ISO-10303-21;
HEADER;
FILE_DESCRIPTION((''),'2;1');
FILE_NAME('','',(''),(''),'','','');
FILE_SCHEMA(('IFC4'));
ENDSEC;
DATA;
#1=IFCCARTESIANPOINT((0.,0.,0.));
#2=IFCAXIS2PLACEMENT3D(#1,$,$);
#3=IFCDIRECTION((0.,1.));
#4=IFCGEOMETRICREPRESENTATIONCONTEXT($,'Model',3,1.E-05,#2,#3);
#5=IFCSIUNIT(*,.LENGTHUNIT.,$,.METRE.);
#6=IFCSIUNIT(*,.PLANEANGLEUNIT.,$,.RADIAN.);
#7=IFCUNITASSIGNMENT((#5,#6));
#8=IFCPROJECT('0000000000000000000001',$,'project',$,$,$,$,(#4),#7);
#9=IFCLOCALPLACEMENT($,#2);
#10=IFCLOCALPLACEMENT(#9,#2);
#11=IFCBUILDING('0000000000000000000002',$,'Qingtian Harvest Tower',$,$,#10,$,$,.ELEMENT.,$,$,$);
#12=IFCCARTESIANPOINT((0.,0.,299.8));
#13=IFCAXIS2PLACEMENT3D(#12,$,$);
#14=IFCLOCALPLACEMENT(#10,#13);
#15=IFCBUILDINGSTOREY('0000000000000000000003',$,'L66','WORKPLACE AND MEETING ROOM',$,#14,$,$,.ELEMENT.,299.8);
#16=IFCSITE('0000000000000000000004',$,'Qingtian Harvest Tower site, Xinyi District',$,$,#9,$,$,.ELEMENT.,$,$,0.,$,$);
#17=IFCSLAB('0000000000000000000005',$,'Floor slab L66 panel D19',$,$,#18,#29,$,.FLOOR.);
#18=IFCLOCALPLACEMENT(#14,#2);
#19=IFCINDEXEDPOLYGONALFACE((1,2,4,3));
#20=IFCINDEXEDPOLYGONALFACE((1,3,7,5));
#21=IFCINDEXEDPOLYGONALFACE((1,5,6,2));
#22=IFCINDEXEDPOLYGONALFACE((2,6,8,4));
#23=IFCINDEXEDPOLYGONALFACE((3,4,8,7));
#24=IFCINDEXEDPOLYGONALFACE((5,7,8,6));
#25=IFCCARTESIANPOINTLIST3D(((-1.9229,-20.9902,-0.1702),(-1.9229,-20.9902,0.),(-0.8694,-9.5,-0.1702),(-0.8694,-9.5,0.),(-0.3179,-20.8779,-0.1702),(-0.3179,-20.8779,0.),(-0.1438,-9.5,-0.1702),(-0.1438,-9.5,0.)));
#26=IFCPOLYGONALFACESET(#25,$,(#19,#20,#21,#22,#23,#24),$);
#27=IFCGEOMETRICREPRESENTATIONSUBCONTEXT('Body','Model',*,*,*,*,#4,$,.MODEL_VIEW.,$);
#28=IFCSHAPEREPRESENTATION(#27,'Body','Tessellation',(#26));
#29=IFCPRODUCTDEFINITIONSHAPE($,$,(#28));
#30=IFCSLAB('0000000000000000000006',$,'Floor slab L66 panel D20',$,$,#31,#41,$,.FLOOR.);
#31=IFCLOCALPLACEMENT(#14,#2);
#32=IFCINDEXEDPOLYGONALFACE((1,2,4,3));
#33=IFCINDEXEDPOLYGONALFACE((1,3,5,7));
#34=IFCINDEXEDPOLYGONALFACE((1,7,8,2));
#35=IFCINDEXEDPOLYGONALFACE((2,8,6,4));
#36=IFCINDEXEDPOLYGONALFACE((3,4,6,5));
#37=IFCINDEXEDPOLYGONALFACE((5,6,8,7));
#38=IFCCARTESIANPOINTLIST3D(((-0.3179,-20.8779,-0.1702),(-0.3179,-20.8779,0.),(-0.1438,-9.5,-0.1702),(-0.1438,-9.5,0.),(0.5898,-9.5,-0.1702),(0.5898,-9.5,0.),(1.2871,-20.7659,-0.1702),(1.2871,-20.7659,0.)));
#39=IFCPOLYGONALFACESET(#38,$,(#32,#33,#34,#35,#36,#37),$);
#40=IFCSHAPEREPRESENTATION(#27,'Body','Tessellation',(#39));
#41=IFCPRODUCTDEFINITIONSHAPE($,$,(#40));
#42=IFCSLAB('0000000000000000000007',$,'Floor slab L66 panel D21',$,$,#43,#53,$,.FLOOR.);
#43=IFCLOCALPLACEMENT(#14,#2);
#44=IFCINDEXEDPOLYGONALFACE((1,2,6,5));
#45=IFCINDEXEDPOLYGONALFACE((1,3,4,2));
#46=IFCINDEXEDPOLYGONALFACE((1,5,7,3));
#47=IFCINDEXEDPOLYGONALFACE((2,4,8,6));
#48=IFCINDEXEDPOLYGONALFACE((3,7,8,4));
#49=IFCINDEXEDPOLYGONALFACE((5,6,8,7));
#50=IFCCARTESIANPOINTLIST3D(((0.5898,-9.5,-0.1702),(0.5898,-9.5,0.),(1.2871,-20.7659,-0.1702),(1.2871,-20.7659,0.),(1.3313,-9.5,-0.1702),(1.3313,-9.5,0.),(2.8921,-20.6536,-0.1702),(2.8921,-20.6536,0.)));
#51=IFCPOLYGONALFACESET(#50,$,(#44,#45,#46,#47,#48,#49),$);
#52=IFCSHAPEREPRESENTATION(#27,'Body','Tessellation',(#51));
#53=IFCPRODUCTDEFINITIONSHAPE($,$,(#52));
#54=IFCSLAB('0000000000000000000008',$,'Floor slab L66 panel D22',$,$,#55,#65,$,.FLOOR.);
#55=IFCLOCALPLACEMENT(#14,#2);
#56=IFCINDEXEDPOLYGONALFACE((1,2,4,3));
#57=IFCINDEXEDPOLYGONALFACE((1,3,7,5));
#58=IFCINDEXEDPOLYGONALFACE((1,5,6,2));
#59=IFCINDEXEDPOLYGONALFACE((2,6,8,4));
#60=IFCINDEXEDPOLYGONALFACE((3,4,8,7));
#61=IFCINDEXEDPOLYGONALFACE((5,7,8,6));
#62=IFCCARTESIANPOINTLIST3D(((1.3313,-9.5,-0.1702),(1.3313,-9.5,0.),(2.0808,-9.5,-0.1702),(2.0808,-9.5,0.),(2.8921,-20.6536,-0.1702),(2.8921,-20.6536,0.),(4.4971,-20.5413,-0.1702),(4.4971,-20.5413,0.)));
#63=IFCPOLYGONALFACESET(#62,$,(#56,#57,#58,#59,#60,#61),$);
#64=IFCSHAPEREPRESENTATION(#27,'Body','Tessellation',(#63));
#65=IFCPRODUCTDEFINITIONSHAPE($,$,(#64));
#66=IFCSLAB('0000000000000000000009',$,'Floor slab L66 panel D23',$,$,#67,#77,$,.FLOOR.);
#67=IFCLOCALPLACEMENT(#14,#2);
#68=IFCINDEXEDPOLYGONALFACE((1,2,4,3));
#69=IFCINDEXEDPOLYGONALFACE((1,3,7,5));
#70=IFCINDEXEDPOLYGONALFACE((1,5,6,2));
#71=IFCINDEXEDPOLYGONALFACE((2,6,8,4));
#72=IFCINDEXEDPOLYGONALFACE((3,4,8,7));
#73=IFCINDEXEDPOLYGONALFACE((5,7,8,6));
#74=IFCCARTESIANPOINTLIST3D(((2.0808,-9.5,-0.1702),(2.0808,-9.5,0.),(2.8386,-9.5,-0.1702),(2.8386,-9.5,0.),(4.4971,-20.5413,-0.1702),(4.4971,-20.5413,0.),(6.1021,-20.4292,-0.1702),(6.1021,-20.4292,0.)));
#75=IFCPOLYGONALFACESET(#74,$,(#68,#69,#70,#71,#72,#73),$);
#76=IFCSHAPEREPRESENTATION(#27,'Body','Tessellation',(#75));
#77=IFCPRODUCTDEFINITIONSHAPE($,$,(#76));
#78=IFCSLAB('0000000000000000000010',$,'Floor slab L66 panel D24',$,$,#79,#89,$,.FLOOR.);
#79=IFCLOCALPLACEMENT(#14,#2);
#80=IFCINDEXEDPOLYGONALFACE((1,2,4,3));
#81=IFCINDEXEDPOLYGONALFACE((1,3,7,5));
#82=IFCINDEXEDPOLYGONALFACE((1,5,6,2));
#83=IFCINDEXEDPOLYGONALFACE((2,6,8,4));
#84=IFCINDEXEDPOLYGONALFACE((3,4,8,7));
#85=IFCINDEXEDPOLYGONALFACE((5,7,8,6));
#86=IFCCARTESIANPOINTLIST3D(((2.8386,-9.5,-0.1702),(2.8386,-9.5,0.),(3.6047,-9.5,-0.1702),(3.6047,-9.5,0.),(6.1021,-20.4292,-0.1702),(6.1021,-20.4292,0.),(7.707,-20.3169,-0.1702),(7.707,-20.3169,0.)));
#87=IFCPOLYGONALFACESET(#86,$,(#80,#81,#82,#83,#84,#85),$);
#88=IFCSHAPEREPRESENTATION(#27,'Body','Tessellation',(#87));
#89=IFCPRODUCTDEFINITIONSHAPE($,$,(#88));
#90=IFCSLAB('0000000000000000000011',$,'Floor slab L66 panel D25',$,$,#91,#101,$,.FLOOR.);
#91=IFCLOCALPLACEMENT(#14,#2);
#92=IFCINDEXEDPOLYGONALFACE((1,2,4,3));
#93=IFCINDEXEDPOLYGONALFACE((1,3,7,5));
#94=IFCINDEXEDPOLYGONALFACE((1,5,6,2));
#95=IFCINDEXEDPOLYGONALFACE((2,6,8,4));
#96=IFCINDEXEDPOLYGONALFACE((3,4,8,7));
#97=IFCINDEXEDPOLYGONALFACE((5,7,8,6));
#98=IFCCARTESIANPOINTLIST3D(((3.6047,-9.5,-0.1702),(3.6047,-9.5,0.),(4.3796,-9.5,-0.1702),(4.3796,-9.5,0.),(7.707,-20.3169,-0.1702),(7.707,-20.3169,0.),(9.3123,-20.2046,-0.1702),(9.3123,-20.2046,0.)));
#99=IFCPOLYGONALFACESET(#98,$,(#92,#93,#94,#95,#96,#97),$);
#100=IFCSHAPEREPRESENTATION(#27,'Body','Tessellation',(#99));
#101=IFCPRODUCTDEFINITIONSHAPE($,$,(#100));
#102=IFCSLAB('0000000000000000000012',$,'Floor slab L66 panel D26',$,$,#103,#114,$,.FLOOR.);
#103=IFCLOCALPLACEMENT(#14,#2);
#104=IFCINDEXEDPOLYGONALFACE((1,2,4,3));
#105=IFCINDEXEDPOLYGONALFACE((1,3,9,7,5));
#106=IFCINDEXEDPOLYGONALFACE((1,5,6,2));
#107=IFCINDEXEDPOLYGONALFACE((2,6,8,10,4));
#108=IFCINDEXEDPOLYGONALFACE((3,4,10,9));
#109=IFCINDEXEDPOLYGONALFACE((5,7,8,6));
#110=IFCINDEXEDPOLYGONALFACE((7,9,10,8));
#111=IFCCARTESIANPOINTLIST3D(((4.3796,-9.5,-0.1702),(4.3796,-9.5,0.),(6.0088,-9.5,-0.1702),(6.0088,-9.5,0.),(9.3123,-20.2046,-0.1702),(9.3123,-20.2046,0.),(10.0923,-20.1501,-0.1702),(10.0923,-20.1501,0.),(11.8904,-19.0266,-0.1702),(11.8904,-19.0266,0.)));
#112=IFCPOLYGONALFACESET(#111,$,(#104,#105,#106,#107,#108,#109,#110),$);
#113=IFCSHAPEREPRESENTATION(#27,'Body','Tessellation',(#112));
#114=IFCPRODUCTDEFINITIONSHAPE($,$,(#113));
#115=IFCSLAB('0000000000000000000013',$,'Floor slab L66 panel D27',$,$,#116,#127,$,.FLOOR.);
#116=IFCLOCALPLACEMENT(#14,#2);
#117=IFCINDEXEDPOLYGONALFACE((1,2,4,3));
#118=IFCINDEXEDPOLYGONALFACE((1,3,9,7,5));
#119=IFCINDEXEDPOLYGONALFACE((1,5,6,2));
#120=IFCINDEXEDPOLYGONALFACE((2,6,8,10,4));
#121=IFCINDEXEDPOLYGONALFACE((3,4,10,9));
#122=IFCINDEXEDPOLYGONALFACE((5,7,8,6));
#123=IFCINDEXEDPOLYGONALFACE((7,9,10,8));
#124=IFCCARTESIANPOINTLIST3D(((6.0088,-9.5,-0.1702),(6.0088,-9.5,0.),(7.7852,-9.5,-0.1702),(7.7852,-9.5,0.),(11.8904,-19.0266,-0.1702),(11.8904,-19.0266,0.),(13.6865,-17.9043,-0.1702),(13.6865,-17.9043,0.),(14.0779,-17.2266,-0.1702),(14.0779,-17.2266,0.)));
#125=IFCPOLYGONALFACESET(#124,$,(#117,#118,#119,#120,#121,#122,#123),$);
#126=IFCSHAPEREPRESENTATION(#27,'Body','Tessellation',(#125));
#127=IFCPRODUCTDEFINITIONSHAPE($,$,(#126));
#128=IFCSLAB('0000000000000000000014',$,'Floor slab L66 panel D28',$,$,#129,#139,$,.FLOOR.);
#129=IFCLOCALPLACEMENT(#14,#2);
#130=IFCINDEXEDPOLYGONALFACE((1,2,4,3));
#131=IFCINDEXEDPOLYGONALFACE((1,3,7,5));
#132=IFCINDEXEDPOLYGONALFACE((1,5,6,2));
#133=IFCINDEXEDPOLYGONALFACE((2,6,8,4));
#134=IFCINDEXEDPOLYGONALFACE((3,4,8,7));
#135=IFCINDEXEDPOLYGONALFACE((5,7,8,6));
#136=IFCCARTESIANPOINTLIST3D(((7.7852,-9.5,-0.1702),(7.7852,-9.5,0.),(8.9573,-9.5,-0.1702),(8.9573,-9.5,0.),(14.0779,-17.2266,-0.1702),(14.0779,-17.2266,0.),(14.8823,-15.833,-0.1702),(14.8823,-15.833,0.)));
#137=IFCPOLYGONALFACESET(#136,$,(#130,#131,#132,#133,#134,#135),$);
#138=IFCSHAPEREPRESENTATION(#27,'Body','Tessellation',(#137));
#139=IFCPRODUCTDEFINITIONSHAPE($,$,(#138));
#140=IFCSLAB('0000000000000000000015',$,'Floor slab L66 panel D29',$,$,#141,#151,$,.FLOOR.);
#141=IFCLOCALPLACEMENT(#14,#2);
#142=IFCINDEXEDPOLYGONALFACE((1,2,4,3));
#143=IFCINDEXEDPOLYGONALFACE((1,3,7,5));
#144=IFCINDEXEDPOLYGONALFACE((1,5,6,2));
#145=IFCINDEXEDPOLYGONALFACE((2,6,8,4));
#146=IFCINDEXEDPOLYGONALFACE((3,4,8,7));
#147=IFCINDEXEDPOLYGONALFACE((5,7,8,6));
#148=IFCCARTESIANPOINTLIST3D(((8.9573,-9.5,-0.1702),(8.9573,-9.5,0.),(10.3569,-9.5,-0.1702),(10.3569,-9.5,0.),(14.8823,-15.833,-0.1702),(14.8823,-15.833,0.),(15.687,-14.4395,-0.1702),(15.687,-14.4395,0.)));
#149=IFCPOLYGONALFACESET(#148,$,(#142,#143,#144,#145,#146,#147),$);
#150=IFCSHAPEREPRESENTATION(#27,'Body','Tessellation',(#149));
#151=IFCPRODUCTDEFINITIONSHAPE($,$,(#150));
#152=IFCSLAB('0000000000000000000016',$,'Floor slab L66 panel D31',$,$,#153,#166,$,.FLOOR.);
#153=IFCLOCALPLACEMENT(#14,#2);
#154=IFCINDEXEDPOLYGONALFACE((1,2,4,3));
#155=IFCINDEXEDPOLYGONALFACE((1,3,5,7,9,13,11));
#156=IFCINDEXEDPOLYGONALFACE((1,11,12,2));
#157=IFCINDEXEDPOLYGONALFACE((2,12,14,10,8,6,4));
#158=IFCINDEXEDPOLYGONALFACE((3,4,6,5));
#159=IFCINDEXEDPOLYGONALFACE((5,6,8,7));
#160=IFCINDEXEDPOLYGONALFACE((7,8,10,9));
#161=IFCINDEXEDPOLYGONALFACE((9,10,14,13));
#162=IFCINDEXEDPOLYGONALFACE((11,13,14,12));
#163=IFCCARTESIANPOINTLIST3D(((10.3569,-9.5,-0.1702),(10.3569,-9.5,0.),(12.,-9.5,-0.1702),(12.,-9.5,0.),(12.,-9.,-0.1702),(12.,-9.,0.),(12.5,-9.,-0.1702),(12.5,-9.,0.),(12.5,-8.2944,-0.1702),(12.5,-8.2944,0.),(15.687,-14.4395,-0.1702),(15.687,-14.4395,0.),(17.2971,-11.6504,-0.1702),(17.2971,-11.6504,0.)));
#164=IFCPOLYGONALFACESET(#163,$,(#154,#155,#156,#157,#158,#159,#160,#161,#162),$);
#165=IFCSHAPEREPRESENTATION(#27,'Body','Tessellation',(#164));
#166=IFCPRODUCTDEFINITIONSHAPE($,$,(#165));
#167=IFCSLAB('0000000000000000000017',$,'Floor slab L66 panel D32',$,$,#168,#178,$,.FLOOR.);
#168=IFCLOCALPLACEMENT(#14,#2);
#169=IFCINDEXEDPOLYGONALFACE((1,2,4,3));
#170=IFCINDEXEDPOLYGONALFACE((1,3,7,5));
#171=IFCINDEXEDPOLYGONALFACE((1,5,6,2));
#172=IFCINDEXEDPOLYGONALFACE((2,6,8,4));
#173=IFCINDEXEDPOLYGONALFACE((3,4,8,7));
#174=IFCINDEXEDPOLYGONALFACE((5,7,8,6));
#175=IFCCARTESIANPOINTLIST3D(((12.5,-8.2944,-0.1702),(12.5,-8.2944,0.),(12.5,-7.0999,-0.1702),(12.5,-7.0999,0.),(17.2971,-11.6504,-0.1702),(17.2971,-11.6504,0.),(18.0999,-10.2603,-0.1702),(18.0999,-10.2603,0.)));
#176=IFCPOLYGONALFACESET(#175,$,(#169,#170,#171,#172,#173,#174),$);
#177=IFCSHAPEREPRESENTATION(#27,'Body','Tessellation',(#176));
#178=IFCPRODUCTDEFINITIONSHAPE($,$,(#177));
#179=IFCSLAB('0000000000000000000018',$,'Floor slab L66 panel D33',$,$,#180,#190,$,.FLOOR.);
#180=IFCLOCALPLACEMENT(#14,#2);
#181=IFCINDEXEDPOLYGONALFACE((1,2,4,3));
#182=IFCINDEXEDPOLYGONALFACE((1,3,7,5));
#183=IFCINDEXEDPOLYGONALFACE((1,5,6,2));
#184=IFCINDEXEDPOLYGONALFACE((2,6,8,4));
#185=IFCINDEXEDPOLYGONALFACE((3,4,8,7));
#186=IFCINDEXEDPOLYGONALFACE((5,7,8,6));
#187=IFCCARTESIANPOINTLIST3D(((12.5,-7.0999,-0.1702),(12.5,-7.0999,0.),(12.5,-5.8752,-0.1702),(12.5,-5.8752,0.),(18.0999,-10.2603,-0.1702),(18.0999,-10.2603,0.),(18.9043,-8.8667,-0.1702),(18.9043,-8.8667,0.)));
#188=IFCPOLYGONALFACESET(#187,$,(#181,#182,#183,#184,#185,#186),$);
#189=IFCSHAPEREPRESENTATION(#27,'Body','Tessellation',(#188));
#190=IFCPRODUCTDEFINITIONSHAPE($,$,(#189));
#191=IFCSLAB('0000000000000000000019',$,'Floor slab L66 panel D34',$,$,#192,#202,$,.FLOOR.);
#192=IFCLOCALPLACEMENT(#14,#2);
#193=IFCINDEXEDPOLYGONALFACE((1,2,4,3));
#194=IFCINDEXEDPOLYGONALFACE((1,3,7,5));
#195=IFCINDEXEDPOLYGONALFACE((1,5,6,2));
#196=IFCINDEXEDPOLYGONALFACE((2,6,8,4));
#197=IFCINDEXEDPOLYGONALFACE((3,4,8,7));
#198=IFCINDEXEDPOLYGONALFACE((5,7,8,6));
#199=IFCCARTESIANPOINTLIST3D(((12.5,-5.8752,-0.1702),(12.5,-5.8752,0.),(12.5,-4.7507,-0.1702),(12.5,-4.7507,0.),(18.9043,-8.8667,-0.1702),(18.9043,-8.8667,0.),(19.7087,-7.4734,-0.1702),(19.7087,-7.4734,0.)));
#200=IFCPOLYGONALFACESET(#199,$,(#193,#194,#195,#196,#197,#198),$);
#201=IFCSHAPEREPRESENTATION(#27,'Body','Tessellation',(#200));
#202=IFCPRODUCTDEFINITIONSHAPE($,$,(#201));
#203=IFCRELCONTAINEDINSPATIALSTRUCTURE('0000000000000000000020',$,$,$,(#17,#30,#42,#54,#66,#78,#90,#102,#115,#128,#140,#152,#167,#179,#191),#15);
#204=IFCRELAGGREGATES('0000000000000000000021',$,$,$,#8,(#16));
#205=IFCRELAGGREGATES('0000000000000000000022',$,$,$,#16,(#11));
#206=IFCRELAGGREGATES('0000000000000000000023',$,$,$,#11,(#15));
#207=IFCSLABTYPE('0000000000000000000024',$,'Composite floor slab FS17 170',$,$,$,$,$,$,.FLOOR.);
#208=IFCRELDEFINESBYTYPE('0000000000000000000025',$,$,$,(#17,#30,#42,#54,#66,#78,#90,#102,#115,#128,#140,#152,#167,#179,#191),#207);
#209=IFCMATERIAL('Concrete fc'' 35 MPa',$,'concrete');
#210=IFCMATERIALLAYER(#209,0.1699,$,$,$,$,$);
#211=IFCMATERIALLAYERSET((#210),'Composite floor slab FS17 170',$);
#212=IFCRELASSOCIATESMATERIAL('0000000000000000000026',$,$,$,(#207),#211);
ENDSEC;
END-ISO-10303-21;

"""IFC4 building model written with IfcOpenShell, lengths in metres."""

from ifc_helpers import new_model, si_unit, direction, frame, origin, place, context, subcontext, project, spatial, polyline, outline, extrude, material, layer, layer_set, type_object, element, save


model = new_model("IFC4")

# Units and contexts
model_context = context("Model", 3, precision=1e-05, world=origin(), true_north=direction((0.0, 1.0)))
body_context = subcontext(model_context, "Body", "Model", "MODEL_VIEW")
ifc_project = project(units=[si_unit("LENGTHUNIT", "METRE"), si_unit("PLANEANGLEUNIT", "RADIAN")], contexts=[model_context])

# Site, building, storey
site_placement = place(None, origin())
site = spatial("IfcSite", under=ifc_project, at=site_placement, Name="Qingtian Harvest Tower site, Xinyi District", CompositionType="ELEMENT", RefElevation=0.0)
building_placement = place(site_placement, origin())
building = spatial("IfcBuilding", under=site, at=building_placement, Name="Qingtian Harvest Tower", CompositionType="ELEMENT")
storey_placement = place(building_placement, frame((0.0, 0.0, 299.8)))
storey = spatial("IfcBuildingStorey", under=building, at=storey_placement, Name="L66", Description="WORKPLACE AND MEETING ROOM", CompositionType="ELEMENT", Elevation=299.8)

# Slabs
ifc_material = material(Name="Concrete fc' 35 MPa", Category="concrete")
ifc_layer = layer(ifc_material, 0.1699)
ifc_layer_set = layer_set([ifc_layer], Name="Composite floor slab FS17 170")
slab_type = type_object("IfcSlabType", Name="Composite floor slab FS17 170", PredefinedType="FLOOR", material=ifc_layer_set)
slab_1_placement = place(storey_placement, frame((0.0, 0.0, -0.1702)))
element("IfcSlab", 1, at=slab_1_placement, inside=storey, type_object=slab_type, Name="Floor slab L66 panel D19", PredefinedType="FLOOR", context=body_context, shape_type="SweptSolid", body=[
    extrude(outline(polyline([(-0.1438, -9.5), (-0.3179, -20.8779), (-1.9229, -20.9902), (-0.8694, -9.5), (-0.1438, -9.5)])), origin(), (0.0, 0.0, 1.0), 0.1702),
])
slab_2_placement = place(storey_placement, frame((0.0, 0.0, -0.1702)))
element("IfcSlab", 2, at=slab_2_placement, inside=storey, type_object=slab_type, Name="Floor slab L66 panel D20", PredefinedType="FLOOR", context=body_context, shape_type="SweptSolid", body=[
    extrude(outline(polyline([(0.5898, -9.5), (1.2871, -20.7659), (-0.3179, -20.8779), (-0.1438, -9.5), (0.5898, -9.5)])), origin(), (0.0, 0.0, 1.0), 0.1702),
])
slab_3_placement = place(storey_placement, frame((0.0, 0.0, -0.1702)))
element("IfcSlab", 3, at=slab_3_placement, inside=storey, type_object=slab_type, Name="Floor slab L66 panel D21", PredefinedType="FLOOR", context=body_context, shape_type="SweptSolid", body=[
    extrude(outline(polyline([(1.3313, -9.5), (2.8921, -20.6536), (1.2871, -20.7659), (0.5898, -9.5), (1.3313, -9.5)])), origin(), (0.0, 0.0, 1.0), 0.1702),
])
slab_4_placement = place(storey_placement, frame((0.0, 0.0, -0.1702)))
element("IfcSlab", 4, at=slab_4_placement, inside=storey, type_object=slab_type, Name="Floor slab L66 panel D22", PredefinedType="FLOOR", context=body_context, shape_type="SweptSolid", body=[
    extrude(outline(polyline([(2.0808, -9.5), (4.4971, -20.5413), (2.8921, -20.6536), (1.3313, -9.5), (2.0808, -9.5)])), origin(), (0.0, 0.0, 1.0), 0.1702),
])
slab_5_placement = place(storey_placement, frame((0.0, 0.0, -0.1702)))
element("IfcSlab", 5, at=slab_5_placement, inside=storey, type_object=slab_type, Name="Floor slab L66 panel D23", PredefinedType="FLOOR", context=body_context, shape_type="SweptSolid", body=[
    extrude(outline(polyline([(2.8386, -9.5), (6.1021, -20.4292), (4.4971, -20.5413), (2.0808, -9.5), (2.8386, -9.5)])), origin(), (0.0, 0.0, 1.0), 0.1702),
])
slab_6_placement = place(storey_placement, frame((0.0, 0.0, -0.1702)))
element("IfcSlab", 6, at=slab_6_placement, inside=storey, type_object=slab_type, Name="Floor slab L66 panel D24", PredefinedType="FLOOR", context=body_context, shape_type="SweptSolid", body=[
    extrude(outline(polyline([(3.6047, -9.5), (7.707, -20.3169), (6.1021, -20.4292), (2.8386, -9.5), (3.6047, -9.5)])), origin(), (0.0, 0.0, 1.0), 0.1702),
])
slab_7_placement = place(storey_placement, frame((0.0, 0.0, -0.1702)))
element("IfcSlab", 7, at=slab_7_placement, inside=storey, type_object=slab_type, Name="Floor slab L66 panel D25", PredefinedType="FLOOR", context=body_context, shape_type="SweptSolid", body=[
    extrude(outline(polyline([(4.3796, -9.5), (9.3123, -20.2046), (7.707, -20.3169), (3.6047, -9.5), (4.3796, -9.5)])), origin(), (0.0, 0.0, 1.0), 0.1702),
])
slab_8_placement = place(storey_placement, frame((0.0, 0.0, -0.1702)))
element("IfcSlab", 8, at=slab_8_placement, inside=storey, type_object=slab_type, Name="Floor slab L66 panel D26", PredefinedType="FLOOR", context=body_context, shape_type="SweptSolid", body=[
    extrude(outline(polyline([(4.3796, -9.5), (6.0088, -9.5), (11.8904, -19.0266), (10.0923, -20.1501), (9.3123, -20.2046), (4.3796, -9.5)])), origin(), (0.0, 0.0, 1.0), 0.1702),
])
slab_9_placement = place(storey_placement, frame((0.0, 0.0, -0.1702)))
element("IfcSlab", 9, at=slab_9_placement, inside=storey, type_object=slab_type, Name="Floor slab L66 panel D27", PredefinedType="FLOOR", context=body_context, shape_type="SweptSolid", body=[
    extrude(outline(polyline([(6.0088, -9.5), (7.7852, -9.5), (14.0779, -17.2266), (13.6865, -17.9043), (11.8904, -19.0266), (6.0088, -9.5)])), origin(), (0.0, 0.0, 1.0), 0.1702),
])
slab_10_placement = place(storey_placement, frame((0.0, 0.0, -0.1702)))
element("IfcSlab", 10, at=slab_10_placement, inside=storey, type_object=slab_type, Name="Floor slab L66 panel D28", PredefinedType="FLOOR", context=body_context, shape_type="SweptSolid", body=[
    extrude(outline(polyline([(8.9573, -9.5), (14.8823, -15.833), (14.0779, -17.2266), (7.7852, -9.5), (8.9573, -9.5)])), origin(), (0.0, 0.0, 1.0), 0.1702),
])
slab_11_placement = place(storey_placement, frame((0.0, 0.0, -0.1702)))
element("IfcSlab", 11, at=slab_11_placement, inside=storey, type_object=slab_type, Name="Floor slab L66 panel D29", PredefinedType="FLOOR", context=body_context, shape_type="SweptSolid", body=[
    extrude(outline(polyline([(10.3569, -9.5), (15.687, -14.4395), (14.8823, -15.833), (8.9573, -9.5), (10.3569, -9.5)])), origin(), (0.0, 0.0, 1.0), 0.1702),
])
slab_12_placement = place(storey_placement, frame((0.0, 0.0, -0.1702)))
element("IfcSlab", 12, at=slab_12_placement, inside=storey, type_object=slab_type, Name="Floor slab L66 panel D31", PredefinedType="FLOOR", context=body_context, shape_type="SweptSolid", body=[
    extrude(outline(polyline([(12.5, -8.2944), (17.2971, -11.6504), (15.687, -14.4395), (10.3569, -9.5), (12.0, -9.5), (12.0, -9.0), (12.5, -9.0), (12.5, -8.2944)])), origin(), (0.0, 0.0, 1.0), 0.1702),
])
slab_13_placement = place(storey_placement, frame((0.0, 0.0, -0.1702)))
element("IfcSlab", 13, at=slab_13_placement, inside=storey, type_object=slab_type, Name="Floor slab L66 panel D32", PredefinedType="FLOOR", context=body_context, shape_type="SweptSolid", body=[
    extrude(outline(polyline([(12.5, -7.0999), (18.0999, -10.2603), (17.2971, -11.6504), (12.5, -8.2944), (12.5, -7.0999)])), origin(), (0.0, 0.0, 1.0), 0.1702),
])
slab_14_placement = place(storey_placement, frame((0.0, 0.0, -0.1702)))
element("IfcSlab", 14, at=slab_14_placement, inside=storey, type_object=slab_type, Name="Floor slab L66 panel D33", PredefinedType="FLOOR", context=body_context, shape_type="SweptSolid", body=[
    extrude(outline(polyline([(12.5, -5.8752), (18.9043, -8.8667), (18.0999, -10.2603), (12.5, -7.0999), (12.5, -5.8752)])), origin(), (0.0, 0.0, 1.0), 0.1702),
])
slab_15_placement = place(storey_placement, frame((0.0, 0.0, -0.1702)))
element("IfcSlab", 15, at=slab_15_placement, inside=storey, type_object=slab_type, Name="Floor slab L66 panel D34", PredefinedType="FLOOR", context=body_context, shape_type="SweptSolid", body=[
    extrude(outline(polyline([(12.5, -4.7507), (19.7087, -7.4734), (18.9043, -8.8667), (12.5, -5.8752), (12.5, -4.7507)])), origin(), (0.0, 0.0, 1.0), 0.1702),
])

save(model, "model.ifc")
